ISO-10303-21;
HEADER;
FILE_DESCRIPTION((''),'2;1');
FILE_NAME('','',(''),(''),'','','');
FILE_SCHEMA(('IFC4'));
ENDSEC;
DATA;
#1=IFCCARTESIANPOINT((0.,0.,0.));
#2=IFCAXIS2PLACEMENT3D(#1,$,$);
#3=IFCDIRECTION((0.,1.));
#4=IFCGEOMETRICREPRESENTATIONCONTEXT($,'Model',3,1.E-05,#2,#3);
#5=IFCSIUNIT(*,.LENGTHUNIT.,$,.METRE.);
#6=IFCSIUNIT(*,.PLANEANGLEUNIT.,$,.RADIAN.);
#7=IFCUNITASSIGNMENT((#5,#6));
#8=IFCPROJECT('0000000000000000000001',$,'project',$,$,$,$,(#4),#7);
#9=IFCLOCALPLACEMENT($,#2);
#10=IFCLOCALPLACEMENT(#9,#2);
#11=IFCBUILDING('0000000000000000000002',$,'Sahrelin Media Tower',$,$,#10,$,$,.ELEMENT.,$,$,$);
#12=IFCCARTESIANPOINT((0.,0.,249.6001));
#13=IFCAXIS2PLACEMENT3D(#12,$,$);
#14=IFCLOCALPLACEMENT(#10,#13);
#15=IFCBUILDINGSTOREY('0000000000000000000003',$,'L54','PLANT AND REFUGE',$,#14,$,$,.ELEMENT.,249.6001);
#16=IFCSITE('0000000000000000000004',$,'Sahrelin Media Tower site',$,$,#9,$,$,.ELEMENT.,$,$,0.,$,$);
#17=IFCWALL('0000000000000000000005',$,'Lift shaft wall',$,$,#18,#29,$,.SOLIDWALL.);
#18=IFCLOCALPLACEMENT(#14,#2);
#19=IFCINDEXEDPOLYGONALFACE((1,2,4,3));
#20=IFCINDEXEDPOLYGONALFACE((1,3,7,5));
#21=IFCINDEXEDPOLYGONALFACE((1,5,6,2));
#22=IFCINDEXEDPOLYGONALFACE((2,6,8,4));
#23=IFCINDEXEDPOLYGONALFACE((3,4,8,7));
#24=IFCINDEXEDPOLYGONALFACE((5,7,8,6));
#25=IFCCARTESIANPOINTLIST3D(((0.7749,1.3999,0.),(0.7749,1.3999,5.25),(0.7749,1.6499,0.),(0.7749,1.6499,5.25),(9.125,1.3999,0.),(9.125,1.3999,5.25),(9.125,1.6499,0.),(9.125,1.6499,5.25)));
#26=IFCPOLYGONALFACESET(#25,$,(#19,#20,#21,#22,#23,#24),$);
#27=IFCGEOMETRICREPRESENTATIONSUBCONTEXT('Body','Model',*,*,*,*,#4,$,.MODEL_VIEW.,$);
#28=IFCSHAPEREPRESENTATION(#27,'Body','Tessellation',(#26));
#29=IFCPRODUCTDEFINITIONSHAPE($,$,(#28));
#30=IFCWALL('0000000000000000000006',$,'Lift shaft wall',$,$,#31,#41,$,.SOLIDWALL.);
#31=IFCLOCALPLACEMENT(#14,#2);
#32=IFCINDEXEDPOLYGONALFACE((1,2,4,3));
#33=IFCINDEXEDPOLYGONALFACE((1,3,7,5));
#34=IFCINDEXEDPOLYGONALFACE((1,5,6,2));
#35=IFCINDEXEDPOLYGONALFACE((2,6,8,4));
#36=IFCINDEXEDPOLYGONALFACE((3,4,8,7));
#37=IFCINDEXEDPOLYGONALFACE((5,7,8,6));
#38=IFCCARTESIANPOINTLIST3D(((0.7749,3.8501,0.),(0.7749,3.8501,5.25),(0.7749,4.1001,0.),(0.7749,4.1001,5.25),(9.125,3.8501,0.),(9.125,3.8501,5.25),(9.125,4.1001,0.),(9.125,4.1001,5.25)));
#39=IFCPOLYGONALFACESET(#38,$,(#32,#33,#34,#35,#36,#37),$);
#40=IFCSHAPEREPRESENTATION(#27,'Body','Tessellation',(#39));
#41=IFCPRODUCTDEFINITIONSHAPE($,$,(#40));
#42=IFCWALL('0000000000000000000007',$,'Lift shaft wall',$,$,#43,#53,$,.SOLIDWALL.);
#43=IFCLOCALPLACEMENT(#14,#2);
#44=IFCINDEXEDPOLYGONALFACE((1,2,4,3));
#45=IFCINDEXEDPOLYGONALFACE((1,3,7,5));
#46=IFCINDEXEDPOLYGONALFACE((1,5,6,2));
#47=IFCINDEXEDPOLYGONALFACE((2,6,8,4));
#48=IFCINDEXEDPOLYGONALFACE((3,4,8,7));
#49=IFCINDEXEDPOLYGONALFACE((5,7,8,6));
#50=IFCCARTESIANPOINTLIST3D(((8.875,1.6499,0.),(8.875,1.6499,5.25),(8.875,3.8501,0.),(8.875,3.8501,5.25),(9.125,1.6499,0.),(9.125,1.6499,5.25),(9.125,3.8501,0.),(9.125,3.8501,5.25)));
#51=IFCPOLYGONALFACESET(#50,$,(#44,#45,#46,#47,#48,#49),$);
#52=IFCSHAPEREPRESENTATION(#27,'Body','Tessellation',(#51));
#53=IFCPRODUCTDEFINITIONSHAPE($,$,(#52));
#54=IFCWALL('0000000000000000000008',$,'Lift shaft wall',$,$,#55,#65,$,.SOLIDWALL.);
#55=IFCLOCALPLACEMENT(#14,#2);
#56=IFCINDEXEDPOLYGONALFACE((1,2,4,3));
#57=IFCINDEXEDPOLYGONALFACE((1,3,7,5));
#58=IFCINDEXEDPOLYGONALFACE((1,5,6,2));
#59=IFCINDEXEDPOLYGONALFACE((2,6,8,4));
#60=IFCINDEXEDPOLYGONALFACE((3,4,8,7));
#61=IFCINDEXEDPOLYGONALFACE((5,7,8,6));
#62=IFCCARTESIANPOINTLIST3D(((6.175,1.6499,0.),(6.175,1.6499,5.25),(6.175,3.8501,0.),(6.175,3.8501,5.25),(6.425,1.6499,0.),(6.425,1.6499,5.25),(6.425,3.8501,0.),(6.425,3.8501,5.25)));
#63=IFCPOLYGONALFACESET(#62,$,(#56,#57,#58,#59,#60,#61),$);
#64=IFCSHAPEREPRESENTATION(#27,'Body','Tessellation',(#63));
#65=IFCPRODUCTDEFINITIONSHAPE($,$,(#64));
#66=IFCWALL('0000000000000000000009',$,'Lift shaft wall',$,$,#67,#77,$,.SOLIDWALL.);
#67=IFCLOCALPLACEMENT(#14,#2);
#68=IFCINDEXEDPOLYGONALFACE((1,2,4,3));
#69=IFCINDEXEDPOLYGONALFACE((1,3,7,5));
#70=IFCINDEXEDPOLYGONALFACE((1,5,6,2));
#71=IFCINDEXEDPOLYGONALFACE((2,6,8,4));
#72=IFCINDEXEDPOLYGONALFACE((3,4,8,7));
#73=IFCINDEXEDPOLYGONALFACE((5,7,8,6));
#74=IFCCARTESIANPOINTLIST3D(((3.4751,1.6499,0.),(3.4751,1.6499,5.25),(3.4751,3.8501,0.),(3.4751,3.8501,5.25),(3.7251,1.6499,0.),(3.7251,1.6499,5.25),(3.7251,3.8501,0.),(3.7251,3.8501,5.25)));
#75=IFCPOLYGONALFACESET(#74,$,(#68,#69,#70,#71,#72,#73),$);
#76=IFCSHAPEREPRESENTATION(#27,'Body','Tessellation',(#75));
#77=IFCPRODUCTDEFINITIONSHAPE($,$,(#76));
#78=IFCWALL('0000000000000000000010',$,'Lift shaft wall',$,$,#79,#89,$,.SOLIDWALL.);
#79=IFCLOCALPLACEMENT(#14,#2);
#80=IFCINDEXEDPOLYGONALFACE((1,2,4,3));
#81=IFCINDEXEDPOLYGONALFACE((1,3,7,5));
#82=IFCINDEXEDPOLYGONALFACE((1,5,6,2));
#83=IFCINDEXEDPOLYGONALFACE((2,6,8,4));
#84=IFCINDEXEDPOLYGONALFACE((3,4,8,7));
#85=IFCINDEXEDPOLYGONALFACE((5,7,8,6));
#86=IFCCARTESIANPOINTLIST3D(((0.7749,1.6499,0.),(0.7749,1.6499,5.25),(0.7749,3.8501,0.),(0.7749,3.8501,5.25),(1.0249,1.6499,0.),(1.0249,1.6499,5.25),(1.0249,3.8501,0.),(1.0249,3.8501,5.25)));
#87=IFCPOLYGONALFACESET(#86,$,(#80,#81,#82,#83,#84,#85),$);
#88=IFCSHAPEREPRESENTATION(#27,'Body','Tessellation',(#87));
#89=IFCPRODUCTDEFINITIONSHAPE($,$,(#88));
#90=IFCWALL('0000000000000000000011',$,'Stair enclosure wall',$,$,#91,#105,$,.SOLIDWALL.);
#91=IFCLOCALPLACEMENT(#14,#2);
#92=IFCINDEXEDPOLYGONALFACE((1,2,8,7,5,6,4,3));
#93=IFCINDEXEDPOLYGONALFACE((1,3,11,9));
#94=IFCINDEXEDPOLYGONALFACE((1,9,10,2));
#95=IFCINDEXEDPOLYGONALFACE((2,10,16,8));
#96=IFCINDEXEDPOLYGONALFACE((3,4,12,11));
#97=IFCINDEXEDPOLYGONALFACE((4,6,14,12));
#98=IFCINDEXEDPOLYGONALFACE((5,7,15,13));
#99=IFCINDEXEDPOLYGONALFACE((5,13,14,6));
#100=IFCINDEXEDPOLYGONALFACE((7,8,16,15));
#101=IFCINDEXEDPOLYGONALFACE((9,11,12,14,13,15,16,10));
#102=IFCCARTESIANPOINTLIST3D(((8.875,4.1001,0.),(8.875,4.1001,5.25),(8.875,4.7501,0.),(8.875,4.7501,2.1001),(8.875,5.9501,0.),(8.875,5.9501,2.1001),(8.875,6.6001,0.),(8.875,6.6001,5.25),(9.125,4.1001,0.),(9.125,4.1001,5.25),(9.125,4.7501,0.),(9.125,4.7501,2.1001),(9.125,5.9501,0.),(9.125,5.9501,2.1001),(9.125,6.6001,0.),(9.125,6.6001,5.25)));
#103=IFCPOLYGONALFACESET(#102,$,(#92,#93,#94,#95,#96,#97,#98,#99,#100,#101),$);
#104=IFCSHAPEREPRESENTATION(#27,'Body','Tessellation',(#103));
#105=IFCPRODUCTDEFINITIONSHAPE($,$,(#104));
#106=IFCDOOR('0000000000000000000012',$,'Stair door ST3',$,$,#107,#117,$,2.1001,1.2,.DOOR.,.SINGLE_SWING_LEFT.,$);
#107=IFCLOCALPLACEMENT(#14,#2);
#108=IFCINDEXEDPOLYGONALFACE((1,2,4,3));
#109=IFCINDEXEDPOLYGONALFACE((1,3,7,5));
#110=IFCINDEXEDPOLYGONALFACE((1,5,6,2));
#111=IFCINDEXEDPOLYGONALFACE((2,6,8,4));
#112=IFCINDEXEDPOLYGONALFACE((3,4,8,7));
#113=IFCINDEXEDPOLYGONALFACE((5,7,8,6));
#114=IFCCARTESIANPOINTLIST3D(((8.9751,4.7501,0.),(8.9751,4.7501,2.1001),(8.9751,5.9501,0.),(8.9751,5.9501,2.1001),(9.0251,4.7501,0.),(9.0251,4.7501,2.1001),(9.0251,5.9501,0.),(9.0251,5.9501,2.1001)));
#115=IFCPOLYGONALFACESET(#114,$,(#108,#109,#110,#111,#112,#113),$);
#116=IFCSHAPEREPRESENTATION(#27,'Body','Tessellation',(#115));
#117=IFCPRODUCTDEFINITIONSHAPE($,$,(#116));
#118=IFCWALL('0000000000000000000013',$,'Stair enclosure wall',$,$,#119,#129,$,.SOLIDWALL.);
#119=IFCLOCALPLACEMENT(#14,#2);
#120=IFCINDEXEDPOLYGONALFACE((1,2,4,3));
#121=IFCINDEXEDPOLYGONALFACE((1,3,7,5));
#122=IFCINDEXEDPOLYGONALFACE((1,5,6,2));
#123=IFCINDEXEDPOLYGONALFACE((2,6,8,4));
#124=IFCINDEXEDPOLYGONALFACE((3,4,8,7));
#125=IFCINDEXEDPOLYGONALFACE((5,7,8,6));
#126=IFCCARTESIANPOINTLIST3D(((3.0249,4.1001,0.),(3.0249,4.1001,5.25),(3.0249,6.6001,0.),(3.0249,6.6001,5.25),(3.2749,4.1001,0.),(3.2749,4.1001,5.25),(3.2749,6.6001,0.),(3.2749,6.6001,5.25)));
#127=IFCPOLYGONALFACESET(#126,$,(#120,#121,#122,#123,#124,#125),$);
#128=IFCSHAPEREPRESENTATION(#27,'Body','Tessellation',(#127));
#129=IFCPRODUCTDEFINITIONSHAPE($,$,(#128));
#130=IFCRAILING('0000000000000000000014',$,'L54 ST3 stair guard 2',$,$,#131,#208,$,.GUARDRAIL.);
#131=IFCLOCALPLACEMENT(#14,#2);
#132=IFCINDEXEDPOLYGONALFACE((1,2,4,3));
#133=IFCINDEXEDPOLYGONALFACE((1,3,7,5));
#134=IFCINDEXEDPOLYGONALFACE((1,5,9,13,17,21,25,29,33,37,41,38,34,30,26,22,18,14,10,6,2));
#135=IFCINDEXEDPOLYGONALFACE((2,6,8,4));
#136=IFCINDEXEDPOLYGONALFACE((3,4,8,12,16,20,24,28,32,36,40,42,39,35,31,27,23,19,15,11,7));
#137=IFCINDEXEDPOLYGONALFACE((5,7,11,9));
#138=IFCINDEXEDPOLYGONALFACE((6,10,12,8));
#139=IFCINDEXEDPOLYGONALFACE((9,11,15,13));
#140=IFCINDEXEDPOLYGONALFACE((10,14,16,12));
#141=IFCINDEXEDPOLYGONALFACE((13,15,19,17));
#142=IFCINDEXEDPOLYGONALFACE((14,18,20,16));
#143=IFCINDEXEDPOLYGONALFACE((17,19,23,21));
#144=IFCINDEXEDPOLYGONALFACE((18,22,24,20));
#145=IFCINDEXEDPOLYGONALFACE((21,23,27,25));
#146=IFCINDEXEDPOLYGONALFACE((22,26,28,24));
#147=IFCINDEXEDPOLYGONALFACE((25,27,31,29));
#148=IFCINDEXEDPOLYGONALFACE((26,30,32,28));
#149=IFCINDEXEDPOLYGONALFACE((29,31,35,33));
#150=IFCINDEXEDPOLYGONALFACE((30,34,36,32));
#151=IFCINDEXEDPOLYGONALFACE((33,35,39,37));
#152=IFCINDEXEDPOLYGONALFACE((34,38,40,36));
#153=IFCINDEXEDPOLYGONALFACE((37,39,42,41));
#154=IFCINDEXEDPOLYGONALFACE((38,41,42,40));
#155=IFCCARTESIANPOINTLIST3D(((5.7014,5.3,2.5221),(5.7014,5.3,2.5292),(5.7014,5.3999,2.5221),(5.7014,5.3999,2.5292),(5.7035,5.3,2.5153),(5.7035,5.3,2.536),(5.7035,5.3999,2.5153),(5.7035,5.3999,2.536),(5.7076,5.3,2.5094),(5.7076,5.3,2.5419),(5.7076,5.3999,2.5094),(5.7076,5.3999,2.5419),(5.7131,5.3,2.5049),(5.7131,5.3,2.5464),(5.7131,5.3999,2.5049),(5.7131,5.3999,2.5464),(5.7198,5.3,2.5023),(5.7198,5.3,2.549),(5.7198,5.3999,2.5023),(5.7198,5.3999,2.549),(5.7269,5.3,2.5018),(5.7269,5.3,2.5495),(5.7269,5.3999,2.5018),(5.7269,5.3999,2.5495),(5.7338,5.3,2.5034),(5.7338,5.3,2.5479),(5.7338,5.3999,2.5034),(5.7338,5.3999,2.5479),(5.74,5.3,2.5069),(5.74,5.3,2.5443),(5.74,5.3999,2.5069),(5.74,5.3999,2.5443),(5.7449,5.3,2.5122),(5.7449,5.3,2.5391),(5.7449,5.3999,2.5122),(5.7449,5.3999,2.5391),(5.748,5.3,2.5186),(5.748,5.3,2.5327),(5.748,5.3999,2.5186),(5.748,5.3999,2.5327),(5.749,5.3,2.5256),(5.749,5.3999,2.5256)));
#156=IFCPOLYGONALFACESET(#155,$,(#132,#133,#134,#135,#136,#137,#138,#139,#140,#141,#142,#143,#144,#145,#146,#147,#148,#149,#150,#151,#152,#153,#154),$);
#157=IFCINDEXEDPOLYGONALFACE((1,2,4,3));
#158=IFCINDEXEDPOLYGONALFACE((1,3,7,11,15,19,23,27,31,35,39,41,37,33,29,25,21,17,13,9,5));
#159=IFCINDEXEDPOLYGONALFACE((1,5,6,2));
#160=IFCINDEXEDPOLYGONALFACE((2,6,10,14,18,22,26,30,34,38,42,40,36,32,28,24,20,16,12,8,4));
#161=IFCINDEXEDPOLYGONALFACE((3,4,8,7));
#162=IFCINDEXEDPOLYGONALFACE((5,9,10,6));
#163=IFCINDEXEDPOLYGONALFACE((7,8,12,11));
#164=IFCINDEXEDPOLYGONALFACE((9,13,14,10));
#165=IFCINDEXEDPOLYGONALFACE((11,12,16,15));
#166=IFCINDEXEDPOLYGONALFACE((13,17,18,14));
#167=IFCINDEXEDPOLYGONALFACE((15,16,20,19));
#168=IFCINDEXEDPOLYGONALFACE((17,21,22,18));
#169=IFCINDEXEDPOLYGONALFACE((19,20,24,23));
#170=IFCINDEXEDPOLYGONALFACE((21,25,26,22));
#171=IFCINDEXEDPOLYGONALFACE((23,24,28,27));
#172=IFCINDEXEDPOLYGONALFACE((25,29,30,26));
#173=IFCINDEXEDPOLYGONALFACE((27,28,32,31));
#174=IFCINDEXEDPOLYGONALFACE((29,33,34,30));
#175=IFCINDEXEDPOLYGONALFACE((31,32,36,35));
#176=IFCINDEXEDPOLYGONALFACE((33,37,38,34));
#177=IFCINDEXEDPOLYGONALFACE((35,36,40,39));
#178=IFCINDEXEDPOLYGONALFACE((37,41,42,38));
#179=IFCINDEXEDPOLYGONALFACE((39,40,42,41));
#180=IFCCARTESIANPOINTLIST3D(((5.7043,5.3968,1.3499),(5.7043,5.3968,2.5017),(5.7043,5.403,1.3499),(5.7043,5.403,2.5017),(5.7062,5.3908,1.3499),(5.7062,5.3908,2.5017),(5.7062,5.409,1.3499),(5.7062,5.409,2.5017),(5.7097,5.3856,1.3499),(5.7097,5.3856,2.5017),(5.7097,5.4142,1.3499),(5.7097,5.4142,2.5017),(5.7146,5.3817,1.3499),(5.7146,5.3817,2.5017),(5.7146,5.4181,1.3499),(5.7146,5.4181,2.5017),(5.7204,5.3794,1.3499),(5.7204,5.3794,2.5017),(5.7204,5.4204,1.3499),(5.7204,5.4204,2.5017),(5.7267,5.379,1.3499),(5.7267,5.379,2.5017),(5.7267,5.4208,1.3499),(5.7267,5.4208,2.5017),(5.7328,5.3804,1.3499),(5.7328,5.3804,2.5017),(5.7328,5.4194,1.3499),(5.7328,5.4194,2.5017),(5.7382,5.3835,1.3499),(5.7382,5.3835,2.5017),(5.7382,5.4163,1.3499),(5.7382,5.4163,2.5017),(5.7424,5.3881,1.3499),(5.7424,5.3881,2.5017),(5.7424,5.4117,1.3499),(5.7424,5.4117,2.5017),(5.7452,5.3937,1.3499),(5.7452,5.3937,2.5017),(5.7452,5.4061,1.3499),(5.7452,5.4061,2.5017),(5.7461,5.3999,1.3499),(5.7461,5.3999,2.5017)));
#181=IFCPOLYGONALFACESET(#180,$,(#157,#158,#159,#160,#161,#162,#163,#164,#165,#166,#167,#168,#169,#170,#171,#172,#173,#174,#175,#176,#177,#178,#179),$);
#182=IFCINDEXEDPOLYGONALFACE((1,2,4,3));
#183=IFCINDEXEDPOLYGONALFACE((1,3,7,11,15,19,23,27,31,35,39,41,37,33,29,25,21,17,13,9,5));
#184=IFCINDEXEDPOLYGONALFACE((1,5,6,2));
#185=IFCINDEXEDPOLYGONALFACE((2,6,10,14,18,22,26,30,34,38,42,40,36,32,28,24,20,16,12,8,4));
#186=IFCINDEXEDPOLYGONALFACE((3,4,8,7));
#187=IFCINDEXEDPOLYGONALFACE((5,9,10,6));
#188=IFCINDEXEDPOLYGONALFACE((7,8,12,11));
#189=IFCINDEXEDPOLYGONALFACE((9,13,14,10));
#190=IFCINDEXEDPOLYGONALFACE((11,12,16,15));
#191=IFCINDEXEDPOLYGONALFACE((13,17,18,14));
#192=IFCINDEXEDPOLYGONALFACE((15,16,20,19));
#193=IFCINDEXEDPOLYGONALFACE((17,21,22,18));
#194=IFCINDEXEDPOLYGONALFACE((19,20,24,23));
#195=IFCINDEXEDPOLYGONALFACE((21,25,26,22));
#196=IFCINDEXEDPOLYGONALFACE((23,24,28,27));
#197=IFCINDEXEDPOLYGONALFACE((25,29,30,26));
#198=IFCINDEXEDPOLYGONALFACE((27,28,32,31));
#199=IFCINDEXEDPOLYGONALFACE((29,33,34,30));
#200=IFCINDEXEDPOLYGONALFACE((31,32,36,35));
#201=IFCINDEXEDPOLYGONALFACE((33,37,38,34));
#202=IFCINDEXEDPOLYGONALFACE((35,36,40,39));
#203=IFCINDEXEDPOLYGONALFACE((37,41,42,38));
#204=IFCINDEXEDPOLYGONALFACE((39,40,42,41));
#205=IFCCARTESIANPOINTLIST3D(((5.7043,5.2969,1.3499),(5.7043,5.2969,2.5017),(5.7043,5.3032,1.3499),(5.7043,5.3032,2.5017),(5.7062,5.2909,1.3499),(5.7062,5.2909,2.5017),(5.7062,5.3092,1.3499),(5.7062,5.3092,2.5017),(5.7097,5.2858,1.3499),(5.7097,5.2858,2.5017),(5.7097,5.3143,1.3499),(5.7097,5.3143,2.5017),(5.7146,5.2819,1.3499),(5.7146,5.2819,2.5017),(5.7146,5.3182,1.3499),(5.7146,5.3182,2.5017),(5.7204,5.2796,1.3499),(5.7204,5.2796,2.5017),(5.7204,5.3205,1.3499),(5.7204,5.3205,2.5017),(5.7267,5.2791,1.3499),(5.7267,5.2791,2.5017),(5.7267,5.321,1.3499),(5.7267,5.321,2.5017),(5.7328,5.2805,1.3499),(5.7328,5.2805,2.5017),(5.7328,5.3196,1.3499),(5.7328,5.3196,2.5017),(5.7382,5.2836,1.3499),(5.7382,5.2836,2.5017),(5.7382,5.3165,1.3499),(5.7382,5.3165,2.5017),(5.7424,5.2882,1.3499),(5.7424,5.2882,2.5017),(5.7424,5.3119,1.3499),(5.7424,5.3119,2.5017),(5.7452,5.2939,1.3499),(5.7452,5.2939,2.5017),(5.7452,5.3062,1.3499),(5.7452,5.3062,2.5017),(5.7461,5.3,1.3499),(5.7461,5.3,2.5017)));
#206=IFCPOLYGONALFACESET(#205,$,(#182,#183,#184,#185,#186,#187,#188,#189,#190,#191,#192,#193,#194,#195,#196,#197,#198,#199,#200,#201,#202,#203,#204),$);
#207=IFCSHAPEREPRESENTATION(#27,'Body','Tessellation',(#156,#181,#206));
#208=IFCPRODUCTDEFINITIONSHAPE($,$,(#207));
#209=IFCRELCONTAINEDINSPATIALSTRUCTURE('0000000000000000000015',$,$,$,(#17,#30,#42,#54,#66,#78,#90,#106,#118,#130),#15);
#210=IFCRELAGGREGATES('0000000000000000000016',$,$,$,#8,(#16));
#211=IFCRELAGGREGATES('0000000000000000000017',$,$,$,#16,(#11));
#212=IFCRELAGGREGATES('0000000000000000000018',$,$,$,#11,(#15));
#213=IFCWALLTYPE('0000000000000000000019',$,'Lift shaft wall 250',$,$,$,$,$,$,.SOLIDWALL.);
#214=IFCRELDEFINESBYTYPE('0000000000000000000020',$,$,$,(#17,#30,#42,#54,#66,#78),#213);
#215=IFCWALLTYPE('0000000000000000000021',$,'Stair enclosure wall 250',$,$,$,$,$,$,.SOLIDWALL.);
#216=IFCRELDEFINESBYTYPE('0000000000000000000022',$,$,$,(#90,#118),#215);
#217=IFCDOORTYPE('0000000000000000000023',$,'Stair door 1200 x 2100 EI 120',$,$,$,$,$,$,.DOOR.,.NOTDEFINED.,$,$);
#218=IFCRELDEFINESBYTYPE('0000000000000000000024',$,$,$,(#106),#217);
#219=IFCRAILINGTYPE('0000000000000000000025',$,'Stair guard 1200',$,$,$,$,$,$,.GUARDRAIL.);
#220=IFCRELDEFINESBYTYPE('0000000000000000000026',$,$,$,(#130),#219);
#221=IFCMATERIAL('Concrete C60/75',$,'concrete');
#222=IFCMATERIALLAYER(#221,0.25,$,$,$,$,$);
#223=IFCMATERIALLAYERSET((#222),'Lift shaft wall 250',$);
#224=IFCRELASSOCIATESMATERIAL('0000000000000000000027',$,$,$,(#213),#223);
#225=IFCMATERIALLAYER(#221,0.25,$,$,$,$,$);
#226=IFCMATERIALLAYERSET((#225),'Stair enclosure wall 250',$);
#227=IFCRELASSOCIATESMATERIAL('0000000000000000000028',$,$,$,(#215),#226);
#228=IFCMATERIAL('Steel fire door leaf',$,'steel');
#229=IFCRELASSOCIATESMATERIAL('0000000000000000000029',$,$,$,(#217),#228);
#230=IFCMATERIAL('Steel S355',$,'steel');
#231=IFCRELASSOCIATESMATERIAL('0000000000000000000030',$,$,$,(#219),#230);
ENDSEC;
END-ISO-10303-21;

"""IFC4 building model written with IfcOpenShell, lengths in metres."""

from ifc_helpers import new_model, si_unit, direction, frame, frame_2d, origin, origin_2d, place, context, subcontext, project, spatial, rectangle, circle, extrude, material, layer, layer_set, type_object, element, fill, save


model = new_model("IFC4")

# Units and contexts
model_context = context("Model", 3, precision=1e-05, world=origin(), true_north=direction((0.0, 1.0)))
body_context = subcontext(model_context, "Body", "Model", "MODEL_VIEW")
ifc_project = project(units=[si_unit("LENGTHUNIT", "METRE"), si_unit("PLANEANGLEUNIT", "RADIAN")], contexts=[model_context])

# Site, building, storey
site_placement = place(None, origin())
site = spatial("IfcSite", under=ifc_project, at=site_placement, Name="Sahrelin Media Tower site", CompositionType="ELEMENT", RefElevation=0.0)
building_placement = place(site_placement, origin())
building = spatial("IfcBuilding", under=site, at=building_placement, Name="Sahrelin Media Tower", CompositionType="ELEMENT")
storey_placement = place(building_placement, frame((0.0, 0.0, 249.6001)))
storey = spatial("IfcBuildingStorey", under=building, at=storey_placement, Name="L54", Description="PLANT AND REFUGE", CompositionType="ELEMENT", Elevation=249.6001)

# Shared definitions
ifc_material_1 = material(Name="Steel S355", Category="steel")

# Walls
ifc_material_2 = material(Name="Concrete C60/75", Category="concrete")
ifc_layer_1 = layer(ifc_material_2, 0.25)
ifc_layer_set_1 = layer_set([ifc_layer_1], Name="Lift shaft wall 250")
wall_type_1 = type_object("IfcWallType", Name="Lift shaft wall 250", PredefinedType="SOLIDWALL", material=ifc_layer_set_1)
for number, where, z_axis, x_axis, name in (
    (1, (0.7749, 1.5249, 0.0), (0.0, 0.0, 1.0), (1.0, 0.0, 0.0), "Lift shaft wall"),
    (2, (0.7749, 3.9751, 0.0), (0.0, 0.0, 1.0), (1.0, 0.0, 0.0), "Lift shaft wall"),
):
    element("IfcWall", number, at=place(storey_placement, frame(where, z_axis=z_axis, x_axis=x_axis)), inside=storey, type_object=wall_type_1, Name=name, PredefinedType="SOLIDWALL", context=body_context, shape_type="SweptSolid", body=[
        extrude(rectangle(XDim=8.3501, YDim=0.25, at=frame_2d((4.175, 0.0))), origin(), (0.0, 0.0, 1.0), 5.25),
    ])
for number, where, z_axis, x_axis, name in (
    (3, (9.0, 1.6499, 0.0), (0.0, 0.0, 1.0), (0.0, 1.0, 0.0), "Lift shaft wall"),
    (4, (6.3, 1.6499, 0.0), (0.0, 0.0, 1.0), (0.0, 1.0, 0.0), "Lift shaft wall"),
    (5, (3.6001, 1.6499, 0.0), (0.0, 0.0, 1.0), (0.0, 1.0, 0.0), "Lift shaft wall"),
    (6, (0.8999, 1.6499, 0.0), (0.0, 0.0, 1.0), (0.0, 1.0, 0.0), "Lift shaft wall"),
):
    element("IfcWall", number, at=place(storey_placement, frame(where, z_axis=z_axis, x_axis=x_axis)), inside=storey, type_object=wall_type_1, Name=name, PredefinedType="SOLIDWALL", context=body_context, shape_type="SweptSolid", body=[
        extrude(rectangle(XDim=2.2002, YDim=0.25, at=frame_2d((1.1001, 0.0))), origin(), (0.0, 0.0, 1.0), 5.25),
    ])

# Wall, opening, door
ifc_layer_2 = layer(ifc_material_2, 0.25)
ifc_layer_set_2 = layer_set([ifc_layer_2], Name="Stair enclosure wall 250")
wall_type_2 = type_object("IfcWallType", Name="Stair enclosure wall 250", PredefinedType="SOLIDWALL", material=ifc_layer_set_2)
wall_1_placement = place(storey_placement, frame((9.0, 4.1001, 0.0), z_axis=(0.0, 0.0, 1.0), x_axis=(0.0, 1.0, 0.0)))
wall_1 = element("IfcWall", 7, at=wall_1_placement, inside=storey, type_object=wall_type_2, Name="Stair enclosure wall", PredefinedType="SOLIDWALL", context=body_context, shape_type="SweptSolid", body=[
    extrude(rectangle(XDim=2.5, YDim=0.25, at=frame_2d((1.25, 0.0))), origin(), (0.0, 0.0, 1.0), 5.25),
])
opening_placement = place(wall_1_placement, frame((0.6499, 0.0, 0.0)))
opening = element("IfcOpeningElement", 8, at=opening_placement, cuts=wall_1, PredefinedType="OPENING", context=body_context, shape_type="SweptSolid", body=[
    extrude(rectangle(XDim=1.2, YDim=2.1001, at=frame_2d((0.6001, 1.05))), frame((0.0, 0.125, 0.0), z_axis=(0.0, -1.0, 0.0), x_axis=(1.0, 0.0, 0.0)), (0.0, 0.0, 1.0), 0.25),
])
ifc_material_3 = material(Name="Steel fire door leaf", Category="steel")
door_type = type_object("IfcDoorType", Name="Stair door 1200 x 2100 EI 120", OperationType="NOTDEFINED", PredefinedType="DOOR", material=ifc_material_3)
door_placement = place(opening_placement, origin())
door = element("IfcDoor", 9, at=door_placement, inside=storey, type_object=door_type, Name="Stair door ST3", OperationType="SINGLE_SWING_LEFT", OverallHeight=2.1001, OverallWidth=1.2, PredefinedType="DOOR", context=body_context, shape_type="SweptSolid", body=[
    extrude(rectangle(XDim=1.2, YDim=2.1001, at=frame_2d((0.6001, 1.05))), frame((0.0, 0.0249, 0.0), z_axis=(0.0, -1.0, 0.0), x_axis=(1.0, 0.0, 0.0)), (0.0, 0.0, 1.0), 0.05),
])
fill(opening, door)

# Wall
wall_2_placement = place(storey_placement, frame((3.1499, 4.1001, 0.0), z_axis=(0.0, 0.0, 1.0), x_axis=(0.0, 1.0, 0.0)))
element("IfcWall", 10, at=wall_2_placement, inside=storey, type_object=wall_type_2, Name="Stair enclosure wall", PredefinedType="SOLIDWALL", context=body_context, shape_type="SweptSolid", body=[
    extrude(rectangle(XDim=2.5, YDim=0.25, at=frame_2d((1.25, 0.0))), origin(), (0.0, 0.0, 1.0), 5.25),
])

# Railing
railing_type_1 = type_object("IfcRailingType", Name="Stair guard 1200", PredefinedType="GUARDRAIL", material=ifc_material_1)
railing_1_placement = place(storey_placement, frame((5.7251, 5.3999, 1.3499)))
element("IfcRailing", 11, at=railing_1_placement, inside=storey, type_object=railing_type_1, Name="L54 ST3 stair guard 2", PredefinedType="GUARDRAIL", context=body_context, shape_type="SweptSolid", body=[
    extrude(circle(Radius=0.0239, at=origin_2d()), frame((0.0, 0.0, 1.1758), z_axis=(0.0, -1.0, 0.0), x_axis=(1.0, 0.0, 0.0)), (0.0, 0.0, 1.0), 0.0999),
    extrude(circle(Radius=0.021, at=origin_2d()), origin(), (0.0, 0.0, 1.0), 1.1519),
    extrude(circle(Radius=0.021, at=origin_2d()), frame((0.0, -0.0999, 0.0)), (0.0, 0.0, 1.0), 1.1519),
])

save(model, "model.ifc")
